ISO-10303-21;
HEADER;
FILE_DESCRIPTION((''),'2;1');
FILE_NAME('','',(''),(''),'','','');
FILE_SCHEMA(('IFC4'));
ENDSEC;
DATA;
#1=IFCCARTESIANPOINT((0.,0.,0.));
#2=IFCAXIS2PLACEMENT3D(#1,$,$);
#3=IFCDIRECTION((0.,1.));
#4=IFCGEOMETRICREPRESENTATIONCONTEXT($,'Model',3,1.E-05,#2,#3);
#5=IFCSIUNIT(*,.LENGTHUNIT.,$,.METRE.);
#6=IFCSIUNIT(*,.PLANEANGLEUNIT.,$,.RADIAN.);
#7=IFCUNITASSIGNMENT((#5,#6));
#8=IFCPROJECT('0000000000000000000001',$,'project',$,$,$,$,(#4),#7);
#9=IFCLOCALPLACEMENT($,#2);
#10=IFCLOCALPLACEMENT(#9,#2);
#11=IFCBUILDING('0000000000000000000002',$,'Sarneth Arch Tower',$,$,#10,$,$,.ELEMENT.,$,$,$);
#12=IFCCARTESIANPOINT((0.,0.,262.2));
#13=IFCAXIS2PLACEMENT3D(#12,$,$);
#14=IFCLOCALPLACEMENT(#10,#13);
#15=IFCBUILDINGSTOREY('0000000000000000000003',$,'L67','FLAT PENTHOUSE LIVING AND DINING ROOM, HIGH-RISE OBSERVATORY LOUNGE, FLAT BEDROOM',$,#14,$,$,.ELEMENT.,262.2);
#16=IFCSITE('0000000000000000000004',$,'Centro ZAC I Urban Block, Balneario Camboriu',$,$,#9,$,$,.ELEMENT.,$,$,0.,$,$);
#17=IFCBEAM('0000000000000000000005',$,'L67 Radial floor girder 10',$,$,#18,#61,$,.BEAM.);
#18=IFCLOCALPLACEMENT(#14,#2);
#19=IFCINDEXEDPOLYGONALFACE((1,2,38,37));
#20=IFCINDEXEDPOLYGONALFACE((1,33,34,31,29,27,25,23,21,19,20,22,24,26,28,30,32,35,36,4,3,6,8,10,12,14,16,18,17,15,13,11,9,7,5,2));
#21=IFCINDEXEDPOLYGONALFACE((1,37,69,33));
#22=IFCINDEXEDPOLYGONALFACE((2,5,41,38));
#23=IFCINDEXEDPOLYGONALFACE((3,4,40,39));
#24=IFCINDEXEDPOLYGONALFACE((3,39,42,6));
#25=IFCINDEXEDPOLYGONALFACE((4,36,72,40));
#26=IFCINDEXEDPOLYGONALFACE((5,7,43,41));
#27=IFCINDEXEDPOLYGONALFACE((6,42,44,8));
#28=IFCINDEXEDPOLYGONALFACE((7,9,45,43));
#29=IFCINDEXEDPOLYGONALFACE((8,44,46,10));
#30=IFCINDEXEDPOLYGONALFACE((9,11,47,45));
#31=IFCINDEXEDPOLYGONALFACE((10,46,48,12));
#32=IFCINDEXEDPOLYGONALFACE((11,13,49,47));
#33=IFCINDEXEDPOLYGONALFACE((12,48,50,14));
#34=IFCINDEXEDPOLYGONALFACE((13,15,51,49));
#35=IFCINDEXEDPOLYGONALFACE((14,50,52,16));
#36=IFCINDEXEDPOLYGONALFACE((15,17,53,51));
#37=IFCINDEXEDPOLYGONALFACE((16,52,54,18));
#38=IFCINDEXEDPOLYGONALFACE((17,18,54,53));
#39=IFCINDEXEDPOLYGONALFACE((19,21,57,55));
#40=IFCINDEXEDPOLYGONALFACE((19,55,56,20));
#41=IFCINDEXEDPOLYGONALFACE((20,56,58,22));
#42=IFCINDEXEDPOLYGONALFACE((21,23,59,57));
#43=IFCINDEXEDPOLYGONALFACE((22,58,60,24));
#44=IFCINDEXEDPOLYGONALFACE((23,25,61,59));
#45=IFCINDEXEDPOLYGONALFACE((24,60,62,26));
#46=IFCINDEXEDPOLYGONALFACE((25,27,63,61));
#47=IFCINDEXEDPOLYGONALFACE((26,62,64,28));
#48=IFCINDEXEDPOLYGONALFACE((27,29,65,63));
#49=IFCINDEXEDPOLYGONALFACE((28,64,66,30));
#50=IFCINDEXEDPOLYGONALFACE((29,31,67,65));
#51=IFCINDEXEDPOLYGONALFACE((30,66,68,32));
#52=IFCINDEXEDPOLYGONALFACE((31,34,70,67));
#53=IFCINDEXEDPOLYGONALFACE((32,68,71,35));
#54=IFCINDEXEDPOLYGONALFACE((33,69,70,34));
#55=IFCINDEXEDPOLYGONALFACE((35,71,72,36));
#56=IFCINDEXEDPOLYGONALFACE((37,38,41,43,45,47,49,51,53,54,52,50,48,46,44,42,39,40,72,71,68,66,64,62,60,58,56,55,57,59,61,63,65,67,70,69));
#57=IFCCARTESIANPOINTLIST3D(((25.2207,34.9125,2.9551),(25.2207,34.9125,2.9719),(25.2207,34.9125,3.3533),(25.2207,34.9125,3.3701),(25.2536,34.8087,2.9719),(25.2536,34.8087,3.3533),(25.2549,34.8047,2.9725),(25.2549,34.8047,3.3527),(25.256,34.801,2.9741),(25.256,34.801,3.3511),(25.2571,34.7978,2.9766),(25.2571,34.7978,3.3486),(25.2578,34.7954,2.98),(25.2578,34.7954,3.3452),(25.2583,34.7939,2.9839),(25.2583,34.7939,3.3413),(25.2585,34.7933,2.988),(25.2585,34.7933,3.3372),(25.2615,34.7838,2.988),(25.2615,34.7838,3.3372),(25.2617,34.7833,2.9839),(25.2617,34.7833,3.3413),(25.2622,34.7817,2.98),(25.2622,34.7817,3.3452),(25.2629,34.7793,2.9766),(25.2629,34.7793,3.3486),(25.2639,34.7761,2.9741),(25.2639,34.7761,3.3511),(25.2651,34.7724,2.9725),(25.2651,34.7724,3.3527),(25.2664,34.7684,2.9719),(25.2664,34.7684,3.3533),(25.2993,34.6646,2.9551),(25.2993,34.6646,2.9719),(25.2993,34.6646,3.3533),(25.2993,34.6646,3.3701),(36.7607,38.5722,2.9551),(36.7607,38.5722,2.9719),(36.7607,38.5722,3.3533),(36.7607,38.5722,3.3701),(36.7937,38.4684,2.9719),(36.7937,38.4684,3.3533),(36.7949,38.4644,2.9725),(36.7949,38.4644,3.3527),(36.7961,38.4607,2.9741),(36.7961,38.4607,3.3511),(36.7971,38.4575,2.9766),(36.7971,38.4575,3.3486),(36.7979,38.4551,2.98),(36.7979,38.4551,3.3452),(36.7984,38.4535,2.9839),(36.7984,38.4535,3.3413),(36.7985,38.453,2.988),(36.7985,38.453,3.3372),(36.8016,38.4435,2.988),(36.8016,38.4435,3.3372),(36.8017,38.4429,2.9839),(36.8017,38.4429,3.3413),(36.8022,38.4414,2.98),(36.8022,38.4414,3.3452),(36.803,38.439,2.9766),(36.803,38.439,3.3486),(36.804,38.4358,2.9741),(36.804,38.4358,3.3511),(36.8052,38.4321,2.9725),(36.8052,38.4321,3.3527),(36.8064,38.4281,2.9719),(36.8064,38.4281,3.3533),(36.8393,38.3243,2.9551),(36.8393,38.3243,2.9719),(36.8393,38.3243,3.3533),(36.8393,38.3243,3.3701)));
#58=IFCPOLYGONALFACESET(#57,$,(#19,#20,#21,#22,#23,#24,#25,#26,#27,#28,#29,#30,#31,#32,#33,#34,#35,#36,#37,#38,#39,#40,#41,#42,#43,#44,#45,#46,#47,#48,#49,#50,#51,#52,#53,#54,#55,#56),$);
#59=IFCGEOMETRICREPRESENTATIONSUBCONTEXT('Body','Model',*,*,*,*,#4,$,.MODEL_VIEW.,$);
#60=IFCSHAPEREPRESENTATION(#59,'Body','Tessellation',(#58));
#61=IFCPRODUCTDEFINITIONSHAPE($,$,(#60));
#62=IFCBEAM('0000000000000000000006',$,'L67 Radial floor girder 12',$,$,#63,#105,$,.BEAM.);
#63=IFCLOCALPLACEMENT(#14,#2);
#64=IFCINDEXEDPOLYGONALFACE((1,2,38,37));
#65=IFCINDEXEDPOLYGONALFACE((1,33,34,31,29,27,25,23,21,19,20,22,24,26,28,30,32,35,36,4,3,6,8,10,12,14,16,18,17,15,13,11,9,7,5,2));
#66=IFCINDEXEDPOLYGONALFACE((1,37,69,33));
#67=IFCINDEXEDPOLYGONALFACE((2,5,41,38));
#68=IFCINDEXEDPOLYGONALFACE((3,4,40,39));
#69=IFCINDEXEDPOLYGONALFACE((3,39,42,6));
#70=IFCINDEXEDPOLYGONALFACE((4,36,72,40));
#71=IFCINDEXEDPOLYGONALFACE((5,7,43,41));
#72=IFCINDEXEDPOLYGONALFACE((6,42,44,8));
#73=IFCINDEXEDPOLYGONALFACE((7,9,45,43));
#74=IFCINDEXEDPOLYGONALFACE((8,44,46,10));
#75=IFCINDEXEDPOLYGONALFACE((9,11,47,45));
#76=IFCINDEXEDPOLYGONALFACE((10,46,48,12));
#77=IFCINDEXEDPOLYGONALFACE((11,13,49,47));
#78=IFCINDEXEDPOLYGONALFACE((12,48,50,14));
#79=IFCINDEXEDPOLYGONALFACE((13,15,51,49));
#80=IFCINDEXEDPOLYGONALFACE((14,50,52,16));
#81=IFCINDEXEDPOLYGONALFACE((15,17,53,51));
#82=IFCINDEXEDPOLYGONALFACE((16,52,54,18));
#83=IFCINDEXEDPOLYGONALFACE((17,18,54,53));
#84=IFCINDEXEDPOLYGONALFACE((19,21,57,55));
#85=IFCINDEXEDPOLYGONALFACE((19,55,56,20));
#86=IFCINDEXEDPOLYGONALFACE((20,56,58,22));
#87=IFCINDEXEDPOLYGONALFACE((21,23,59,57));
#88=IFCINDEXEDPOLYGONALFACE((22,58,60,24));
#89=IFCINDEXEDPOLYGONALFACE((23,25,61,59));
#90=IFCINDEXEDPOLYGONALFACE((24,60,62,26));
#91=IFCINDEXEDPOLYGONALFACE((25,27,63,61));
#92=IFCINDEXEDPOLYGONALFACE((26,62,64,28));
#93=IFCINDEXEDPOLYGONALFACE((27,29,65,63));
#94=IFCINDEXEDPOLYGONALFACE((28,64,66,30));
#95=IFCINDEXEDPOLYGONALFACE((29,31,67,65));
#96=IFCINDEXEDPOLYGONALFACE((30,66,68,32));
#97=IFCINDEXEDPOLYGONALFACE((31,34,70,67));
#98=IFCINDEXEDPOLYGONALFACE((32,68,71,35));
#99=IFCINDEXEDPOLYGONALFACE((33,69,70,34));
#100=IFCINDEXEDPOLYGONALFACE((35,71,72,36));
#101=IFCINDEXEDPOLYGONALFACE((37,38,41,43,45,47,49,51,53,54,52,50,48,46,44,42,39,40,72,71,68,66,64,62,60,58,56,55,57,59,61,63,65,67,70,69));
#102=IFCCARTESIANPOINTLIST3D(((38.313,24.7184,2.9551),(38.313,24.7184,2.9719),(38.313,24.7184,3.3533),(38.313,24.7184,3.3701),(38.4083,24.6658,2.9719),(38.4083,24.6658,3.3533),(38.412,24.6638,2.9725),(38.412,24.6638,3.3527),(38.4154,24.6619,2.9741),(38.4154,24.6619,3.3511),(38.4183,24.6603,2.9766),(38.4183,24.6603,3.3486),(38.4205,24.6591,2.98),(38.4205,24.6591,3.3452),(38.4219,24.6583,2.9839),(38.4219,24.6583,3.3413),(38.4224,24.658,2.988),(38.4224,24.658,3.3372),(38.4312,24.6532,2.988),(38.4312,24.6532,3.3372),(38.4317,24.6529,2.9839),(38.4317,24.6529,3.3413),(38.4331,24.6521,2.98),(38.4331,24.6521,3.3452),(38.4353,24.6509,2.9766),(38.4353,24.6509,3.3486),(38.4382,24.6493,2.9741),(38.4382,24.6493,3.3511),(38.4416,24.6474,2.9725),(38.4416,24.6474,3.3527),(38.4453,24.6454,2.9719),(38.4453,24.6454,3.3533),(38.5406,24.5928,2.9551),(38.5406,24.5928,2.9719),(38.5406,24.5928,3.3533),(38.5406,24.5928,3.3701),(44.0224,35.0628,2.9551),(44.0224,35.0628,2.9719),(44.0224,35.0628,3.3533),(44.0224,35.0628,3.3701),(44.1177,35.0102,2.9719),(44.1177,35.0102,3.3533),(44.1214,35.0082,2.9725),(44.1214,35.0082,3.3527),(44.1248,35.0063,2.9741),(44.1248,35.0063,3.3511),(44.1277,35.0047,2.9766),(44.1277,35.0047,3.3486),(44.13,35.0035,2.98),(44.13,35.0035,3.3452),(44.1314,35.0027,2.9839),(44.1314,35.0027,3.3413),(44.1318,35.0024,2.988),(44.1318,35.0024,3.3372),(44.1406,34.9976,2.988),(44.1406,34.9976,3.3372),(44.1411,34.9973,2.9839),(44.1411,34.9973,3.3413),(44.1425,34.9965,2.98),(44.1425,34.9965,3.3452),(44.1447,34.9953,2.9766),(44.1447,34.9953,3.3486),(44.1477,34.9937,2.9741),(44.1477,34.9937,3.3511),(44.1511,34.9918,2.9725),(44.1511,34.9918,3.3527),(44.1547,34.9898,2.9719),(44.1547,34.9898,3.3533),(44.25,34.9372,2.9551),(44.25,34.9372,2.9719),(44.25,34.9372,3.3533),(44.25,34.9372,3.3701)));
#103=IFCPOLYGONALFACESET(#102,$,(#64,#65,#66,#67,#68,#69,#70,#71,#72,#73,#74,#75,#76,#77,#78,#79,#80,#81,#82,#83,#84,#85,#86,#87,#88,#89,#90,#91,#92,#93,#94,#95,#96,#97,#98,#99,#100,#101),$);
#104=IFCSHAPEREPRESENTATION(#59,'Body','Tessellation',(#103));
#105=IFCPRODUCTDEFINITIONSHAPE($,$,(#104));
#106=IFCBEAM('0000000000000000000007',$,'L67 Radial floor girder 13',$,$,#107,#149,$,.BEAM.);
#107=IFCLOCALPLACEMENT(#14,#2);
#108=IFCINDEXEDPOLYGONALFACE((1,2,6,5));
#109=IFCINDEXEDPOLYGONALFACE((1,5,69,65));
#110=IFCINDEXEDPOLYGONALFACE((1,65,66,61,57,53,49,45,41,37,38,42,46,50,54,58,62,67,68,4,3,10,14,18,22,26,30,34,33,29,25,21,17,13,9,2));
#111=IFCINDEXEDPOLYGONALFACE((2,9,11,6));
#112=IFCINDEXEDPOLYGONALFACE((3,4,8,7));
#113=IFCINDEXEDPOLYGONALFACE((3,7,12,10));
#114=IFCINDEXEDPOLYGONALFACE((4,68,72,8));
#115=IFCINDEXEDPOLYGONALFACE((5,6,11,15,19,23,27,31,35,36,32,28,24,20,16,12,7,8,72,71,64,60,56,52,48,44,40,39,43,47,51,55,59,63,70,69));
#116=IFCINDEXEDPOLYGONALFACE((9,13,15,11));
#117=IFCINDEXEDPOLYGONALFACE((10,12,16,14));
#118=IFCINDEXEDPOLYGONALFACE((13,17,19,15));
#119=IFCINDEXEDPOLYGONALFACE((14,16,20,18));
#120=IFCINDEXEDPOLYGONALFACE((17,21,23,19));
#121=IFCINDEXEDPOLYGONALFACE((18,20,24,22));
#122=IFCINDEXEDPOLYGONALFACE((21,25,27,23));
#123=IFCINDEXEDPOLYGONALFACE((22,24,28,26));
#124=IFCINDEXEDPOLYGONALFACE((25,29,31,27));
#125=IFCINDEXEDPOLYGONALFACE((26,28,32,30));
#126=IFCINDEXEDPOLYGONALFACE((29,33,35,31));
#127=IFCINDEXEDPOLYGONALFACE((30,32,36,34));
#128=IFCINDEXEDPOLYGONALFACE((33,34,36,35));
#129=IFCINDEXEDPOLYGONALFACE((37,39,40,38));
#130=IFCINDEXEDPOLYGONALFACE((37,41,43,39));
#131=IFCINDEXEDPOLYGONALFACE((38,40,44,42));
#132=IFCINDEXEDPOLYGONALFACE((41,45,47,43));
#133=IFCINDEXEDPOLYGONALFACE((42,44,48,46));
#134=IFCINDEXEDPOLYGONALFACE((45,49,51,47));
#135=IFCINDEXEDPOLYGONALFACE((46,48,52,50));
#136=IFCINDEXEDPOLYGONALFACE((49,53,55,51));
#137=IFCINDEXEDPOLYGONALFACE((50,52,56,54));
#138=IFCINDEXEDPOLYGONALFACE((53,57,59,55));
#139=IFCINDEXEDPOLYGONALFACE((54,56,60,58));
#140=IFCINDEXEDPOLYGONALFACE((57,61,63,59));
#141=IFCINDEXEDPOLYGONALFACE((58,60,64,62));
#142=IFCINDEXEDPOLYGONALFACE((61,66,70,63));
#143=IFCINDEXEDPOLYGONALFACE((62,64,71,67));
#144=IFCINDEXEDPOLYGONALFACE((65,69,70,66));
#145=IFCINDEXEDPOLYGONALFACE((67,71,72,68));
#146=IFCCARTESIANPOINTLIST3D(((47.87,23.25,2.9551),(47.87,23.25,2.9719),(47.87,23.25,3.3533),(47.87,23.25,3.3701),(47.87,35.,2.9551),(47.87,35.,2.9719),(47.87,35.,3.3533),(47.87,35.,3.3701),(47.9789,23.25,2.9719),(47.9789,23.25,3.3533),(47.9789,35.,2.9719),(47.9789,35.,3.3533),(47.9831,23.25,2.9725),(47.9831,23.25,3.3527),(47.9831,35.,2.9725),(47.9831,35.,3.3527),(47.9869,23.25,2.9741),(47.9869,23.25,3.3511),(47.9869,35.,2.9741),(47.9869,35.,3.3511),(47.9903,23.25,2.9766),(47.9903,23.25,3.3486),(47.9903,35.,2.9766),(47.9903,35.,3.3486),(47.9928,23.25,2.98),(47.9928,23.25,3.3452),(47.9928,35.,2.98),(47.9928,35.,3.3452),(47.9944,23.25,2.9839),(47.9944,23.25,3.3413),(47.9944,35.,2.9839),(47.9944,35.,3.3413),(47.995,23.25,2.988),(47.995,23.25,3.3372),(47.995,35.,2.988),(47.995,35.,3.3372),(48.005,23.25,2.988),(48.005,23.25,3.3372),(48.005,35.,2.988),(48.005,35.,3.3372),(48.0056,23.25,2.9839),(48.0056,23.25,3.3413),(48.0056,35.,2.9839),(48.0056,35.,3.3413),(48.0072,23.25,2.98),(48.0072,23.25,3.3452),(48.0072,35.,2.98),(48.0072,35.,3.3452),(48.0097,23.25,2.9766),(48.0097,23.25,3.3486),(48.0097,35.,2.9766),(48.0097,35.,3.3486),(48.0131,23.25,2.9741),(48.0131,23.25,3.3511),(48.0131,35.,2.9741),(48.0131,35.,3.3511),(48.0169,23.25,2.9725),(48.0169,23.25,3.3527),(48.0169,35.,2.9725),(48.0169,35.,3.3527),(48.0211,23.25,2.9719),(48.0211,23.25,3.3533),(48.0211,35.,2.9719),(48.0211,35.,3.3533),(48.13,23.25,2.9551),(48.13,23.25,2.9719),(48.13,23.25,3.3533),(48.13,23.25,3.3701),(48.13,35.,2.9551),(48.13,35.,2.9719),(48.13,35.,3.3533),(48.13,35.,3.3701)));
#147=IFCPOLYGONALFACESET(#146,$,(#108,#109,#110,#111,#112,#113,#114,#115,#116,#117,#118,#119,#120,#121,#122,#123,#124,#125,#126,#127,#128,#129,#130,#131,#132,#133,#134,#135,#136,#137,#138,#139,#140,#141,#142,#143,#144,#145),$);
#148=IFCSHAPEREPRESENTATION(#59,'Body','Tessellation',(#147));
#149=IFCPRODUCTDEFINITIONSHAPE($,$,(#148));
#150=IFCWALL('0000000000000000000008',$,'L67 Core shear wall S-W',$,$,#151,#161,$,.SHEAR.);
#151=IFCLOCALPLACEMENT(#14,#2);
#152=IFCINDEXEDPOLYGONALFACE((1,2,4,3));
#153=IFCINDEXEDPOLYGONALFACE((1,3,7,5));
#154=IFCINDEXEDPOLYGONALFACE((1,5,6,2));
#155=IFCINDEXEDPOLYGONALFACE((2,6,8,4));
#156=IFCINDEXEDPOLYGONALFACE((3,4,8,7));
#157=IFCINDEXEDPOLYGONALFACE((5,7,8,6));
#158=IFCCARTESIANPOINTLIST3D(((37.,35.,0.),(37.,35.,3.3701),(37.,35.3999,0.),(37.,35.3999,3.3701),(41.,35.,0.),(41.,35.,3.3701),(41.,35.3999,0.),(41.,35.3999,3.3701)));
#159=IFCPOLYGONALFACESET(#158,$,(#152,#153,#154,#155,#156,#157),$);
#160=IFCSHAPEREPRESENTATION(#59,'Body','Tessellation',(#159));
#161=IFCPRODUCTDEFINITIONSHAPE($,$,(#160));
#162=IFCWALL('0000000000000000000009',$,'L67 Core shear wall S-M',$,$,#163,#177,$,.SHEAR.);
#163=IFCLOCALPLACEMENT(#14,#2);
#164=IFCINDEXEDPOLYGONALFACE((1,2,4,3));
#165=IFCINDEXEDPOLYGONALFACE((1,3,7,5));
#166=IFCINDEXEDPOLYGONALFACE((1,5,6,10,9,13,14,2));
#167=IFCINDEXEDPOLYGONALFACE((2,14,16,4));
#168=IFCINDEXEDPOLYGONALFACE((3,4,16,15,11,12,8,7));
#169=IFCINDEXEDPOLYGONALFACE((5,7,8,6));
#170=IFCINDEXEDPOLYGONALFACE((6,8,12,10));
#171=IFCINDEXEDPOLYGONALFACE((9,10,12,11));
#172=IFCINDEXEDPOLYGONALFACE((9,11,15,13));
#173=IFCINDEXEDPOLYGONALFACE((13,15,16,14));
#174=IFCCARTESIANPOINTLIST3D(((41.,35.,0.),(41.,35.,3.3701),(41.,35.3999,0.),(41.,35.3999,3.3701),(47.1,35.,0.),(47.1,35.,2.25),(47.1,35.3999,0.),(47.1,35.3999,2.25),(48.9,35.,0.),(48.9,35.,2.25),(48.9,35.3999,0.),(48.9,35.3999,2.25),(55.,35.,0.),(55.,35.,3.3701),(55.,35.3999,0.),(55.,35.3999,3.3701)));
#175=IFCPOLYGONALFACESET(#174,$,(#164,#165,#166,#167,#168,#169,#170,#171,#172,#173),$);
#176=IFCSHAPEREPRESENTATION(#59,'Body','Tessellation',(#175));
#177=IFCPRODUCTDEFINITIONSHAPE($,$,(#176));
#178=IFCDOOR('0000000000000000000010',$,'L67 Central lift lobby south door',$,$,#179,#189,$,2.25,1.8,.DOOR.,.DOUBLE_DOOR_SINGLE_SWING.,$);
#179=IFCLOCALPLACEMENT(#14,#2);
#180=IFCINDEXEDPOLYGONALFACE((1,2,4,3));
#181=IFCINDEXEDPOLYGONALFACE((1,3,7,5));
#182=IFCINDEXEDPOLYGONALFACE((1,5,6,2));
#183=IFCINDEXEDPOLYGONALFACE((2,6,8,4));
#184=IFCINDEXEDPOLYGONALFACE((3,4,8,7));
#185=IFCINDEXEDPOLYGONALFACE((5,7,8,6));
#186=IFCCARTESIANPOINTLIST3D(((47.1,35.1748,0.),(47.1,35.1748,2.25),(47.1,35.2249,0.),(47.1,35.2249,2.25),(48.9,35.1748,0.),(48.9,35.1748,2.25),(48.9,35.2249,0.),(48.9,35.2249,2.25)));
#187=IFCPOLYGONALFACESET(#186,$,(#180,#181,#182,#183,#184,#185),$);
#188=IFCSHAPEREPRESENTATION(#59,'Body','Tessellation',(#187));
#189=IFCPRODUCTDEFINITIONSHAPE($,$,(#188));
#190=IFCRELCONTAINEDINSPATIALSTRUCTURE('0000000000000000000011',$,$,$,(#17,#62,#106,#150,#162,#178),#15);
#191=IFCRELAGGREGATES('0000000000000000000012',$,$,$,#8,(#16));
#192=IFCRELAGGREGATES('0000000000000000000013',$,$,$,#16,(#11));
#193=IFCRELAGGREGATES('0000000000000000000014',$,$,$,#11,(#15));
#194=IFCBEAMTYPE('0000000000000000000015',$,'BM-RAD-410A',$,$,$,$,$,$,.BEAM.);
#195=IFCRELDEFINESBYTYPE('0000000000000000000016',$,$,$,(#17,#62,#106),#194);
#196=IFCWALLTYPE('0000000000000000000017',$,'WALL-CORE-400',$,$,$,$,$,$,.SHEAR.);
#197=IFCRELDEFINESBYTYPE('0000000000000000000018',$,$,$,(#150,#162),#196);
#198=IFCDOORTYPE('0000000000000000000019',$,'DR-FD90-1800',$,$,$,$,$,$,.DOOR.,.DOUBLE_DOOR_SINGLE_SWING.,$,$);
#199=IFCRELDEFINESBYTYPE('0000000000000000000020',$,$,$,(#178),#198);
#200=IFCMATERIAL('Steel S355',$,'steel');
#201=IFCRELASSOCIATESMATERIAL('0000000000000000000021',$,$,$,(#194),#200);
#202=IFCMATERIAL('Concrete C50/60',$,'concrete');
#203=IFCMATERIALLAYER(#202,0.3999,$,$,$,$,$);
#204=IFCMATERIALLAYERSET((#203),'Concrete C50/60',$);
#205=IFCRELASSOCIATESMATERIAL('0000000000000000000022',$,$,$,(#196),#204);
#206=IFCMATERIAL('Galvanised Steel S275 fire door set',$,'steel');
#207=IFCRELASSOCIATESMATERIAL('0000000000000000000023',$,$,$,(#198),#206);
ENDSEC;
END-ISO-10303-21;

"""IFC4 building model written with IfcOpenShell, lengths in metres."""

from ifc_helpers import new_model, si_unit, direction, frame, frame_2d, origin, origin_2d, place, context, subcontext, project, spatial, rectangle, i_section, extrude, material, layer, layer_set, material_profile, profile_set, type_object, element, fill, save


model = new_model("IFC4")

# Units and contexts
model_context = context("Model", 3, precision=1e-05, world=origin(), true_north=direction((0.0, 1.0)))
body_context = subcontext(model_context, "Body", "Model", "MODEL_VIEW")
ifc_project = project(units=[si_unit("LENGTHUNIT", "METRE"), si_unit("PLANEANGLEUNIT", "RADIAN")], contexts=[model_context])

# Site, building, storey
site_placement = place(None, origin())
site = spatial("IfcSite", under=ifc_project, at=site_placement, Name="Centro ZAC I Urban Block, Balneario Camboriu", CompositionType="ELEMENT", RefElevation=0.0)
building_placement = place(site_placement, origin())
building = spatial("IfcBuilding", under=site, at=building_placement, Name="Sarneth Arch Tower", CompositionType="ELEMENT")
storey_placement = place(building_placement, frame((0.0, 0.0, 262.2)))
storey = spatial("IfcBuildingStorey", under=building, at=storey_placement, Name="L67", Description="FLAT PENTHOUSE LIVING AND DINING ROOM, HIGH-RISE OBSERVATORY LOUNGE, FLAT BEDROOM", CompositionType="ELEMENT", Elevation=262.2)

# Beams
ifc_material_1 = material(Name="Steel S355", Category="steel")
ifc_material_profile_1 = material_profile(ifc_material_1, i_section(OverallWidth=0.26, OverallDepth=0.415, WebThickness=0.01, FlangeThickness=0.0168, FilletRadius=0.0161, at=origin_2d()), Name="W410x100")
ifc_profile_set_1 = profile_set([ifc_material_profile_1], Name="Steel S355")
beam_type_1 = type_object("IfcBeamType", Name="BM-RAD-410A", PredefinedType="BEAM", material=ifc_profile_set_1)
beam_1_placement = place(storey_placement, frame((36.8, 38.4482, 3.1626), z_axis=(-0.953216, -0.302291, 0.0), x_axis=(0.302291, -0.953216, 0.0)))
element("IfcBeam", 1, at=beam_1_placement, inside=storey, type_object=beam_type_1, Name="L67 Radial floor girder 10", PredefinedType="BEAM", context=body_context, shape_type="SweptSolid", body=[
    extrude(i_section(OverallWidth=0.26, OverallDepth=0.415, WebThickness=0.01, FlangeThickness=0.0168, FilletRadius=0.0161, at=origin_2d()), origin(), (0.0, 0.0, 1.0), 12.1064),
])
beam_2_placement = place(storey_placement, frame((44.1362, 35.0, 3.1626), z_axis=(-0.483218, -0.8755, 0.0), x_axis=(0.8755, -0.483218, 0.0)))
element("IfcBeam", 2, at=beam_2_placement, inside=storey, type_object=beam_type_1, Name="L67 Radial floor girder 12", PredefinedType="BEAM", context=body_context, shape_type="SweptSolid", body=[
    extrude(i_section(OverallWidth=0.26, OverallDepth=0.415, WebThickness=0.01, FlangeThickness=0.0168, FilletRadius=0.0161, at=origin_2d()), origin(), (0.0, 0.0, 1.0), 11.8154),
])
beam_3_placement = place(storey_placement, frame((48.0, 35.0, 3.1626), z_axis=(0.0, -1.0, 0.0), x_axis=(1.0, 0.0, 0.0)))
element("IfcBeam", 3, at=beam_3_placement, inside=storey, type_object=beam_type_1, Name="L67 Radial floor girder 13", PredefinedType="BEAM", context=body_context, shape_type="SweptSolid", body=[
    extrude(i_section(OverallWidth=0.26, OverallDepth=0.415, WebThickness=0.01, FlangeThickness=0.0168, FilletRadius=0.0161, at=origin_2d()), origin(), (0.0, 0.0, 1.0), 11.75),
])

# Wall
ifc_material_2 = material(Name="Concrete C50/60", Category="concrete")
ifc_layer_1 = layer(ifc_material_2, 0.3999)
ifc_layer_set_1 = layer_set([ifc_layer_1], Name="Concrete C50/60")
wall_type_1 = type_object("IfcWallType", Name="WALL-CORE-400", PredefinedType="SHEAR", material=ifc_layer_set_1)
wall_1_placement = place(storey_placement, frame((37.0, 35.2, 0.0), z_axis=(0.0, 0.0, 1.0), x_axis=(1.0, 0.0, 0.0)))
element("IfcWall", 4, at=wall_1_placement, inside=storey, type_object=wall_type_1, Name="L67 Core shear wall S-W", PredefinedType="SHEAR", context=body_context, shape_type="SweptSolid", body=[
    extrude(rectangle(XDim=4.0, YDim=0.3999, at=frame_2d((2.0, 0.0))), origin(), (0.0, 0.0, 1.0), 3.3701),
])

# Wall, opening, door
wall_2_placement = place(storey_placement, frame((41.0, 35.2, 0.0), z_axis=(0.0, 0.0, 1.0), x_axis=(1.0, 0.0, 0.0)))
wall_2 = element("IfcWall", 5, at=wall_2_placement, inside=storey, type_object=wall_type_1, Name="L67 Core shear wall S-M", PredefinedType="SHEAR", context=body_context, shape_type="SweptSolid", body=[
    extrude(rectangle(XDim=14.0, YDim=0.3999, at=frame_2d((7.0, 0.0))), origin(), (0.0, 0.0, 1.0), 3.3701),
])
opening_1_placement = place(wall_2_placement, frame((6.1001, 0.0, 0.0)))
opening_1 = element("IfcOpeningElement", 6, at=opening_1_placement, cuts=wall_2, PredefinedType="OPENING", context=body_context, shape_type="SweptSolid", body=[
    extrude(rectangle(XDim=1.8, YDim=2.25, at=frame_2d((0.8999, 1.125))), frame((0.0, 0.21, 0.0), z_axis=(0.0, -1.0, 0.0), x_axis=(1.0, 0.0, 0.0)), (0.0, 0.0, 1.0), 0.4199),
])
ifc_material_3 = material(Name="Galvanised Steel S275 fire door set", Category="steel")
door_type_1 = type_object("IfcDoorType", Name="DR-FD90-1800", OperationType="DOUBLE_DOOR_SINGLE_SWING", PredefinedType="DOOR", material=ifc_material_3)
door_1_placement = place(opening_1_placement, origin())
door_1 = element("IfcDoor", 7, at=door_1_placement, inside=storey, type_object=door_type_1, Name="L67 Central lift lobby south door", OperationType="DOUBLE_DOOR_SINGLE_SWING", OverallHeight=2.25, OverallWidth=1.8, PredefinedType="DOOR", context=body_context, shape_type="SweptSolid", body=[
    extrude(rectangle(XDim=1.8, YDim=2.25, at=frame_2d((0.8999, 1.125))), frame((0.0, 0.0249, 0.0), z_axis=(0.0, -1.0, 0.0), x_axis=(1.0, 0.0, 0.0)), (0.0, 0.0, 1.0), 0.05),
])
fill(opening_1, door_1)

save(model, "model.ifc")
